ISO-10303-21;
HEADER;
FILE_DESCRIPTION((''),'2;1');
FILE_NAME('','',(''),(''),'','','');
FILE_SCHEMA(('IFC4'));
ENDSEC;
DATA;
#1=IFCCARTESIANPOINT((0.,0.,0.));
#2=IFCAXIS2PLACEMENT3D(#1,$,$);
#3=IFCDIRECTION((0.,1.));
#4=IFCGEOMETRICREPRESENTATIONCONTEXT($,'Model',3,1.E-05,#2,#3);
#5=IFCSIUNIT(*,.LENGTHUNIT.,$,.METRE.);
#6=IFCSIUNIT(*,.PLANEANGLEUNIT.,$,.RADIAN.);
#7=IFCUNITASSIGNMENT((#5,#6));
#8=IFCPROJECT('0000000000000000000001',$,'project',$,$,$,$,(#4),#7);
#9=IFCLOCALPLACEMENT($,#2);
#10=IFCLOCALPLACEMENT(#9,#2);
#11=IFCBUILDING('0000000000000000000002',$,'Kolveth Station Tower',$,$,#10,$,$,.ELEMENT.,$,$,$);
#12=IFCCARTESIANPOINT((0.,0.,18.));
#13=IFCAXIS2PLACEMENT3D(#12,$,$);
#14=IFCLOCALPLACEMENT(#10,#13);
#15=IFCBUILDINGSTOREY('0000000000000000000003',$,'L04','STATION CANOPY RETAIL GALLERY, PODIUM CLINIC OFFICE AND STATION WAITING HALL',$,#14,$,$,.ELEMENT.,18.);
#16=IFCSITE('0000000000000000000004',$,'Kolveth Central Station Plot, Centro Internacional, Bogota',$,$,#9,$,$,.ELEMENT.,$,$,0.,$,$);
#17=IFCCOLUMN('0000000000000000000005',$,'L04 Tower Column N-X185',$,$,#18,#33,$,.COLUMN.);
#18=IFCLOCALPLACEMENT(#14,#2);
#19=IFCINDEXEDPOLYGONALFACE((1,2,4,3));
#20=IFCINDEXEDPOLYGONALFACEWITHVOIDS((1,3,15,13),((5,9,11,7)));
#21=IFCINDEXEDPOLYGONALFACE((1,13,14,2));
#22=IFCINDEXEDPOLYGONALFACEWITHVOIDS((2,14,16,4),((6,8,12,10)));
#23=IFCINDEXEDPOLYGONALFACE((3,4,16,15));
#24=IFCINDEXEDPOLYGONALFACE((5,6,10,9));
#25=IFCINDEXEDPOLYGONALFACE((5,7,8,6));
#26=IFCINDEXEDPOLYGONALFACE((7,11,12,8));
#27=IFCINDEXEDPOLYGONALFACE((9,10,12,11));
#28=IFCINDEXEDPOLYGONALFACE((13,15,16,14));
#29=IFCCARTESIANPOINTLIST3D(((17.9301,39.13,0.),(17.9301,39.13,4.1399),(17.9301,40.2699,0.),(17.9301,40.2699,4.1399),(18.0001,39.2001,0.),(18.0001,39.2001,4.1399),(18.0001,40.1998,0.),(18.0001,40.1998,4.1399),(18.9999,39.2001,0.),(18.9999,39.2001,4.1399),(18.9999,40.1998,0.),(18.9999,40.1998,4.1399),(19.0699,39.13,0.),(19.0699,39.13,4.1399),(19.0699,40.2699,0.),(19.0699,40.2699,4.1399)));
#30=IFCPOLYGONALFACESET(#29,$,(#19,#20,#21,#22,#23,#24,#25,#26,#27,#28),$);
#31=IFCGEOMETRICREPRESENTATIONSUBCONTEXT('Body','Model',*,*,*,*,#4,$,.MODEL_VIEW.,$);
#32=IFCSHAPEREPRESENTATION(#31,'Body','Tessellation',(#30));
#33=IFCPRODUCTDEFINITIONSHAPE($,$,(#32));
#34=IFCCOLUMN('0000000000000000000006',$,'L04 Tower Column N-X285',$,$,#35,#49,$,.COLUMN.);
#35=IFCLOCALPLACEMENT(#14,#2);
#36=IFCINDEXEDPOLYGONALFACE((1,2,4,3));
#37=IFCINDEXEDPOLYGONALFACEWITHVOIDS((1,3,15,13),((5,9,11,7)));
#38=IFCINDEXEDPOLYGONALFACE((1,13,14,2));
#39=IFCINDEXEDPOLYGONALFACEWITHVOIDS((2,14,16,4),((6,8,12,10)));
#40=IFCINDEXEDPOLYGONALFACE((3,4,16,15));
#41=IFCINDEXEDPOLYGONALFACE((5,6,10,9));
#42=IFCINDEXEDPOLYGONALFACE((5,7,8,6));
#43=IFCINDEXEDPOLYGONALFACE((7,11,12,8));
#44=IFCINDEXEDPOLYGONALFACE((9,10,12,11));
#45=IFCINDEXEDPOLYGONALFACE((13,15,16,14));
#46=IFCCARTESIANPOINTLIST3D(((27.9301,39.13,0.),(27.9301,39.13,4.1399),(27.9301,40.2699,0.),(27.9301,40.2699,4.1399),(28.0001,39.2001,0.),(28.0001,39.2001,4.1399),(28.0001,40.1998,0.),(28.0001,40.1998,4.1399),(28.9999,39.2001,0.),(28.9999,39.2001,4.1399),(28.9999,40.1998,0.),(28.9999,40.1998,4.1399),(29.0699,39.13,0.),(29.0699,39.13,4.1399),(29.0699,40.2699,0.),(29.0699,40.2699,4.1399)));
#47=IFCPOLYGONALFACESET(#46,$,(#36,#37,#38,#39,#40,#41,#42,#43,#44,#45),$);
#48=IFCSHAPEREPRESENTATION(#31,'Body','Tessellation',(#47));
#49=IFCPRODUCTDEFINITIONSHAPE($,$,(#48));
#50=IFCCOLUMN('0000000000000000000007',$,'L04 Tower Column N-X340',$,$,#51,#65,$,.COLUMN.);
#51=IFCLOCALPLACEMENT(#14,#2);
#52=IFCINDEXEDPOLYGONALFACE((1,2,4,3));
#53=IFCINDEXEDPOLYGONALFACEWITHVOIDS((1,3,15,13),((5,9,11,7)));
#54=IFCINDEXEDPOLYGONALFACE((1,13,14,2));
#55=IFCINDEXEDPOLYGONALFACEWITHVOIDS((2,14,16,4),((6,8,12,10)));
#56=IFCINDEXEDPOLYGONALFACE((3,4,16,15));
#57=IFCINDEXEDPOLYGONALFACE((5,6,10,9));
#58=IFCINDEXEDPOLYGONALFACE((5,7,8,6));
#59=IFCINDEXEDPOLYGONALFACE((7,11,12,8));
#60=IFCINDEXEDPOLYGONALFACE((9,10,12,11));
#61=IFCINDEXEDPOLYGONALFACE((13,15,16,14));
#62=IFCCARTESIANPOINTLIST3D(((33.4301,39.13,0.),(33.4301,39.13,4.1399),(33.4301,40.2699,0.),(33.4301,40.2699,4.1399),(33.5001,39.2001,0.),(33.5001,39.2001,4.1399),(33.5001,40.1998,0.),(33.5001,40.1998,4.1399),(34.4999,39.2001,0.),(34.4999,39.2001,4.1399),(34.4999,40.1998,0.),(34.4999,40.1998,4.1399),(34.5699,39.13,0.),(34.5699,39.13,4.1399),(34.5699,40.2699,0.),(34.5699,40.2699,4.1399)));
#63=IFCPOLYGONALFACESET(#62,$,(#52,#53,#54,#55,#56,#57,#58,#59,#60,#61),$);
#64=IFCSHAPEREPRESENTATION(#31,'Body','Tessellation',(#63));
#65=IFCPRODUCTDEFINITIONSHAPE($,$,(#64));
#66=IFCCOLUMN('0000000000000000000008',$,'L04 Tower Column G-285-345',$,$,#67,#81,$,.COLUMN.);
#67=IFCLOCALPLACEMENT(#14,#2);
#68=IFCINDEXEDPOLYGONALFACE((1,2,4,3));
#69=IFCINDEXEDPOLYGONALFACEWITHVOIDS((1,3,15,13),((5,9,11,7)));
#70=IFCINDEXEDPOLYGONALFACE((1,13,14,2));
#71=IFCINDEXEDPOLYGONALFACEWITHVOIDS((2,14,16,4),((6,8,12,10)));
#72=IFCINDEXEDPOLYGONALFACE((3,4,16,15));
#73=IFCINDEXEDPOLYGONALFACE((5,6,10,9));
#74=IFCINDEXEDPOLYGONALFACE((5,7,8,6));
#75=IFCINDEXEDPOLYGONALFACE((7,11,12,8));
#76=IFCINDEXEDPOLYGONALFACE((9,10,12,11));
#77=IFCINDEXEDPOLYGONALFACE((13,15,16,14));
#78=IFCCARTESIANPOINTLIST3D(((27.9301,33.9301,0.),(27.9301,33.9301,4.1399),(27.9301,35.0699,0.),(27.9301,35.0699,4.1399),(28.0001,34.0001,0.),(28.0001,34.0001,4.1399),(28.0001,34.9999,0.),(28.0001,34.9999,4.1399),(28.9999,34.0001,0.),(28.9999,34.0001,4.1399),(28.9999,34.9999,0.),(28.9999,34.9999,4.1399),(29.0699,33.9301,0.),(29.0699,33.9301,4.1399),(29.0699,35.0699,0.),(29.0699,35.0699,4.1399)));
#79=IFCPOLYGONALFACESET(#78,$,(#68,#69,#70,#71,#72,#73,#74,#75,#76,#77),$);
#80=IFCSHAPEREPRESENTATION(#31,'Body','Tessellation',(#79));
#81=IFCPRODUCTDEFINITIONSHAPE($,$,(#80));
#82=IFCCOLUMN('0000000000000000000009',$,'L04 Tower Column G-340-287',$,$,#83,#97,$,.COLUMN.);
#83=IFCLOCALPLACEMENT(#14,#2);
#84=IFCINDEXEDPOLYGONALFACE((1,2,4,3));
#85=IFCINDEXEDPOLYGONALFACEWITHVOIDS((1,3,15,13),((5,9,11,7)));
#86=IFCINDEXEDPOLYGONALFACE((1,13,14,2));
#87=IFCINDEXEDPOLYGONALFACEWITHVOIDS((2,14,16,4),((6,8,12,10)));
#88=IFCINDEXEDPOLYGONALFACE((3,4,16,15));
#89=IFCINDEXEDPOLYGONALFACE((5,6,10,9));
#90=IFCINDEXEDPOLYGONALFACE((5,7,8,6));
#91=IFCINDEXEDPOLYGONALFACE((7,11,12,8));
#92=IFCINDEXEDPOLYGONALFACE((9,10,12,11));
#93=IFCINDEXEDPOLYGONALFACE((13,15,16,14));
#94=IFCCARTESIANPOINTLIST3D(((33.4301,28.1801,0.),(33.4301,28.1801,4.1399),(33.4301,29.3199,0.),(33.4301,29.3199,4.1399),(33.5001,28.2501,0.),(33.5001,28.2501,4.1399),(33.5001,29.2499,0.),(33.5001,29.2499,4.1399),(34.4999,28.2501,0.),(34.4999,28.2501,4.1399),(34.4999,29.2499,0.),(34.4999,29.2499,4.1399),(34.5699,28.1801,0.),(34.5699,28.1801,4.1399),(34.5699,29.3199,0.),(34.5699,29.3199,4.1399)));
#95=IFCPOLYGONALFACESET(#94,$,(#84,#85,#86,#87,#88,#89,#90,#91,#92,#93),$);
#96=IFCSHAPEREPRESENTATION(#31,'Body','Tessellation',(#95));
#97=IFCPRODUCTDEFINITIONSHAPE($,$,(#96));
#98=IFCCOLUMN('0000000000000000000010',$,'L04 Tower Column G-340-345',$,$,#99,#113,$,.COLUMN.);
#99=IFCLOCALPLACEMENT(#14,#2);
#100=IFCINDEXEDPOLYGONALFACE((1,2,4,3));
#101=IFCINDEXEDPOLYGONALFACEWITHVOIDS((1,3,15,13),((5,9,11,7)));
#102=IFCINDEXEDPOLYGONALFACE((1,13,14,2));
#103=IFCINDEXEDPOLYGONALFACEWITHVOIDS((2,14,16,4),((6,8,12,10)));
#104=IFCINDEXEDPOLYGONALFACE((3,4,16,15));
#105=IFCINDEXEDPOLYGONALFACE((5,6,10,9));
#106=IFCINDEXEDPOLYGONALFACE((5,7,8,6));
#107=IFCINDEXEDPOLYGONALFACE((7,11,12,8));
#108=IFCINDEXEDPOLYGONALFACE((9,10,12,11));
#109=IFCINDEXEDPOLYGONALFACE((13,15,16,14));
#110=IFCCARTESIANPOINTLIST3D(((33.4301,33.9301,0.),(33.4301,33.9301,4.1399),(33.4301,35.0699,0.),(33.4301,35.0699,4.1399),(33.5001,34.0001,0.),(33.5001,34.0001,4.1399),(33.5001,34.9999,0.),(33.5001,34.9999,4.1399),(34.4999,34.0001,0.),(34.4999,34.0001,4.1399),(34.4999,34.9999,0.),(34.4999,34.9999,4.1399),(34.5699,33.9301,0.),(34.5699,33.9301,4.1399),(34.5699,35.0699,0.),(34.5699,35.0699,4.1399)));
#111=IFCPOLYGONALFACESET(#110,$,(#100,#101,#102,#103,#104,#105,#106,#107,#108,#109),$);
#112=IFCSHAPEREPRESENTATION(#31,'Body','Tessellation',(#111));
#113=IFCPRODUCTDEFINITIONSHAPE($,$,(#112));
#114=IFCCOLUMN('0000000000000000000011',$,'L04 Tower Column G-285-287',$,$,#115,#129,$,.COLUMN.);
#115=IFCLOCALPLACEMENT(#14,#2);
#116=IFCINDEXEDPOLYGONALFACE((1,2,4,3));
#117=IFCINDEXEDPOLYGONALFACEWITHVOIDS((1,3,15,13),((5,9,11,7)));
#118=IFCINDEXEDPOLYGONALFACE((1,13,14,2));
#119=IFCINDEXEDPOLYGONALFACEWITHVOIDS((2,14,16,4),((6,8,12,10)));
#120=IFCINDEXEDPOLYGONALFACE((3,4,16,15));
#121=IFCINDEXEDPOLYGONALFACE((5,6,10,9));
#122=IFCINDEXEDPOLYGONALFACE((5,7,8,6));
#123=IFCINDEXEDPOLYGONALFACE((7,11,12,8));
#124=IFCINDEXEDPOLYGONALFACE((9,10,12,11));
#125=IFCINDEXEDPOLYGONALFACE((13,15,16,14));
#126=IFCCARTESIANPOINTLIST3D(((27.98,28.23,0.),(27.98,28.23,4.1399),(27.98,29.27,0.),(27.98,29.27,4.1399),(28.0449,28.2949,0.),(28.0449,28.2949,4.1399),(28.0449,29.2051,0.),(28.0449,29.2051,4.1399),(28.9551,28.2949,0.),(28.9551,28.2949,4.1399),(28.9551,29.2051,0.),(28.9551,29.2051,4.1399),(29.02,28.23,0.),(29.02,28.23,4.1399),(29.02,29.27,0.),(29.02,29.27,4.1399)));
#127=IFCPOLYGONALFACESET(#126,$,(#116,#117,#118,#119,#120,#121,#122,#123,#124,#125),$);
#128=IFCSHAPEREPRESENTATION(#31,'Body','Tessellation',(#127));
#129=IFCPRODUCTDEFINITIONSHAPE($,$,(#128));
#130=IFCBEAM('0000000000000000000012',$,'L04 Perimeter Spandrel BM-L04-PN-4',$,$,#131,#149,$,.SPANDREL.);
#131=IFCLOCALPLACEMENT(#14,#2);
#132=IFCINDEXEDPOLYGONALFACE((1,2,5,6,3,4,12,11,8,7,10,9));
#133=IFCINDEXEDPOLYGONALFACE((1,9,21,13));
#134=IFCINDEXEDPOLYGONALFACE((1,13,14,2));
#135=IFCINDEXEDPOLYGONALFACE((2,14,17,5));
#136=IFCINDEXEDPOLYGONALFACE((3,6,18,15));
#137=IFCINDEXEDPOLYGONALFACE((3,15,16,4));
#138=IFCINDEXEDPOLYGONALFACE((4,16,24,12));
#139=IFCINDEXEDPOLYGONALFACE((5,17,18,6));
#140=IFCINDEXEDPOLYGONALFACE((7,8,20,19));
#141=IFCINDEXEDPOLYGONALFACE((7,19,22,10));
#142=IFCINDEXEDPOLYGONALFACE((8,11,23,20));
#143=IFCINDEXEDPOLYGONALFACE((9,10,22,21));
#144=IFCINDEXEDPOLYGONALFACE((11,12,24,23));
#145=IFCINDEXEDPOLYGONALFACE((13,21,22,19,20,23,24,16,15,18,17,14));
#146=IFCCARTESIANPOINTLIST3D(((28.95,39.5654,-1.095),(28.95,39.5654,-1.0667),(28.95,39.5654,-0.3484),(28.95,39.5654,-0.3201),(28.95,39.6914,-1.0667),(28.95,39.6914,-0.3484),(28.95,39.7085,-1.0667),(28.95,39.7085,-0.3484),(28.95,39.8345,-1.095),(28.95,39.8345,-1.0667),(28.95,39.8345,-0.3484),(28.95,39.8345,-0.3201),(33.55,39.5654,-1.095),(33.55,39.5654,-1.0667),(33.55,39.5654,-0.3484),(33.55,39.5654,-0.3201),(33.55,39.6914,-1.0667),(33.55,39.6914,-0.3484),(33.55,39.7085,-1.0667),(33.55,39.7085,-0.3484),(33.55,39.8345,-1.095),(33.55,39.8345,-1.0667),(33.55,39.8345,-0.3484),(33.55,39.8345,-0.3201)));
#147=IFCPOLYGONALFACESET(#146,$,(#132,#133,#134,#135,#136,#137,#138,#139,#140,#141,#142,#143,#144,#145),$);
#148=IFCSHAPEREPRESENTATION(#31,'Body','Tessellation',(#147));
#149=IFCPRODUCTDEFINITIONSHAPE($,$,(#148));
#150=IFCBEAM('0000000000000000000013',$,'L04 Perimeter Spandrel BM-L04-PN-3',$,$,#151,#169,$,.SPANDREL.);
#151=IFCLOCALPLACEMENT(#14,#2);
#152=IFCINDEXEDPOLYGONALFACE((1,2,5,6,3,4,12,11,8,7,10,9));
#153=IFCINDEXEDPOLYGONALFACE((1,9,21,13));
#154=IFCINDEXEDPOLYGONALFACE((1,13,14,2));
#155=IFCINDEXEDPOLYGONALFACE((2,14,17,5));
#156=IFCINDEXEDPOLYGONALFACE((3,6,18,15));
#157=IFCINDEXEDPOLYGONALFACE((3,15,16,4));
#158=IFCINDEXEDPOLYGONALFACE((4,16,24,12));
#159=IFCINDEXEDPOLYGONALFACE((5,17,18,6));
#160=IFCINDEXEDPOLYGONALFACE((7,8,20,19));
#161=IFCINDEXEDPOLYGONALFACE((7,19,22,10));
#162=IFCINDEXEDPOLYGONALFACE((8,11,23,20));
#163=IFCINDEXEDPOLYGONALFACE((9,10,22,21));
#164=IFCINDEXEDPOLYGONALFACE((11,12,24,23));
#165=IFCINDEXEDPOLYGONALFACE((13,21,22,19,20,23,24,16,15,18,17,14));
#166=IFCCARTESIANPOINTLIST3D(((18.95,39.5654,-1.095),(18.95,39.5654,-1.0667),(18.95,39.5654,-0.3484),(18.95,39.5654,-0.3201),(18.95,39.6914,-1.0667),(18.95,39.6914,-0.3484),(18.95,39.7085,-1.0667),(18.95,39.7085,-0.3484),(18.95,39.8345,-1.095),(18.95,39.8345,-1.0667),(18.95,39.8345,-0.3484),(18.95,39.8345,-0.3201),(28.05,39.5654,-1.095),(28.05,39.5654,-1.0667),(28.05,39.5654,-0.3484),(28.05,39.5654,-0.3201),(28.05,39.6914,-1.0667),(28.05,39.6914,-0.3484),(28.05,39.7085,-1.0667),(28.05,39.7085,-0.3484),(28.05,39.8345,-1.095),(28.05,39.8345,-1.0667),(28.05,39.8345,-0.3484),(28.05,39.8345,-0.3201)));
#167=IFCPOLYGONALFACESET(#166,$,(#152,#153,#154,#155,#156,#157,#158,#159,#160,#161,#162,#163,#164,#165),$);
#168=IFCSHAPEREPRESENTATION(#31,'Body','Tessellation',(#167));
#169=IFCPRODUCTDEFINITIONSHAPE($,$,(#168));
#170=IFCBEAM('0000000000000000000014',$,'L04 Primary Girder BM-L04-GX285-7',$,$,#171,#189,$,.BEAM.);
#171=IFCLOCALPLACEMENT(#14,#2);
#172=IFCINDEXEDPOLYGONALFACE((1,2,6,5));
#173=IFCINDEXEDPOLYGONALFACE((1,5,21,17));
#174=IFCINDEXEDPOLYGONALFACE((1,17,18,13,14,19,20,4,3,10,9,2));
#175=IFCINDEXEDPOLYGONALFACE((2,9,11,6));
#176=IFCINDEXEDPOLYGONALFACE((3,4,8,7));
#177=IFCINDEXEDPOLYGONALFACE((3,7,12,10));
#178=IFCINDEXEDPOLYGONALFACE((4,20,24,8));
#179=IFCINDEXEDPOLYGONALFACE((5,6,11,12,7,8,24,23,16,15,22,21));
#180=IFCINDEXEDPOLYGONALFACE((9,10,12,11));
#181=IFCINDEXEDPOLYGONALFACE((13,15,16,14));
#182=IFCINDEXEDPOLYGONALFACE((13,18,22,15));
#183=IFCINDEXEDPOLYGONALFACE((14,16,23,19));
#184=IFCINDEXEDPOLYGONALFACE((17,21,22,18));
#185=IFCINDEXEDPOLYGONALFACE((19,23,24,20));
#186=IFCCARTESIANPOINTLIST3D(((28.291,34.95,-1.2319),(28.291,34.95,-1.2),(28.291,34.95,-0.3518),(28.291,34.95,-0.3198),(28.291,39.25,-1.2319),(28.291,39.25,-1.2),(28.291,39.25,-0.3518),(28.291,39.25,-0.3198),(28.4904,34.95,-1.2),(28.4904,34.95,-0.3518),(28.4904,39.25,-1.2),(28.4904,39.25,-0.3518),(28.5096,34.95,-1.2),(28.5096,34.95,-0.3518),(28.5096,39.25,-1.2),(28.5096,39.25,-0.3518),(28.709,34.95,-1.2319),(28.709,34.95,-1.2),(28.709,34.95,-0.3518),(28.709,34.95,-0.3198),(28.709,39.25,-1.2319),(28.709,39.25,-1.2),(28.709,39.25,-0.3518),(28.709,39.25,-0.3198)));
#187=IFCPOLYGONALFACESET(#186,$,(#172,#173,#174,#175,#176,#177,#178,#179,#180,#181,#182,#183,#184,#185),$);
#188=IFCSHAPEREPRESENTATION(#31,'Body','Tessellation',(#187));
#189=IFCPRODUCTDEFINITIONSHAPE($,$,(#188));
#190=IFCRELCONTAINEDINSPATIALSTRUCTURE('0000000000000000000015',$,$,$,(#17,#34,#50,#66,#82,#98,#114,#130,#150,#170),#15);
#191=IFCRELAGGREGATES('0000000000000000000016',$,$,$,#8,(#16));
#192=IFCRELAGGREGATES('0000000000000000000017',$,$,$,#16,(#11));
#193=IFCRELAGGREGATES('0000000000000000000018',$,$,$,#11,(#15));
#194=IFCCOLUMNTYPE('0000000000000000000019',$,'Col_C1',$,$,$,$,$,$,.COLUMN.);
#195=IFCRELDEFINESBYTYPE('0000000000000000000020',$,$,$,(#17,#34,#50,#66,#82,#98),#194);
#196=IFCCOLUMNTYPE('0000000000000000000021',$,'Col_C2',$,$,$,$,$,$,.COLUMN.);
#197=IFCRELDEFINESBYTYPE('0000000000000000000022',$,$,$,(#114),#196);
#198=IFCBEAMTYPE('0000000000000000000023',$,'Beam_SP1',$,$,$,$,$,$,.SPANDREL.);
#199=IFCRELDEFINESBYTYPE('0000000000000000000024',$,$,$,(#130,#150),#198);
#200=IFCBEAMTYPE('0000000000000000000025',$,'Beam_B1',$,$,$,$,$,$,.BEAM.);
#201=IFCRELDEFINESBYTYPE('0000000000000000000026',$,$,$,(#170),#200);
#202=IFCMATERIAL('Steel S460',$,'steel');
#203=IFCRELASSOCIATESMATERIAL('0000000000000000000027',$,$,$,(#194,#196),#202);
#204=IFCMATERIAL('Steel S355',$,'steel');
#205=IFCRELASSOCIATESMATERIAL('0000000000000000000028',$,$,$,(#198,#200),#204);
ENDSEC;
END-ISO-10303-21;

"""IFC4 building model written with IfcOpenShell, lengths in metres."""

from ifc_helpers import new_model, si_unit, direction, frame, origin, origin_2d, place, context, subcontext, project, spatial, hollow_rectangle, i_section, extrude, source, transform, mapped, material, material_profile, profile_set, type_object, element, save


model = new_model("IFC4")

# Units and contexts
model_context = context("Model", 3, precision=1e-05, world=origin(), true_north=direction((0.0, 1.0)))
body_context = subcontext(model_context, "Body", "Model", "MODEL_VIEW")
ifc_project = project(units=[si_unit("LENGTHUNIT", "METRE"), si_unit("PLANEANGLEUNIT", "RADIAN")], contexts=[model_context])

# Site, building, storey
site_placement = place(None, origin())
site = spatial("IfcSite", under=ifc_project, at=site_placement, Name="Kolveth Central Station Plot, Centro Internacional, Bogota", CompositionType="ELEMENT", RefElevation=0.0)
building_placement = place(site_placement, origin())
building = spatial("IfcBuilding", under=site, at=building_placement, Name="Kolveth Station Tower", CompositionType="ELEMENT")
storey_placement = place(building_placement, frame((0.0, 0.0, 18.0)))
storey = spatial("IfcBuildingStorey", under=building, at=storey_placement, Name="L04", Description="STATION CANOPY RETAIL GALLERY, PODIUM CLINIC OFFICE AND STATION WAITING HALL", CompositionType="ELEMENT", Elevation=18.0)

# Columns
ifc_material_1 = material(Name="Steel S460", Category="steel")
ifc_material_profile_1 = material_profile(ifc_material_1, hollow_rectangle(XDim=1.1399, YDim=1.1399, WallThickness=0.0701, at=origin_2d()), Name="BOX1140x1140x70")
ifc_profile_set_1 = profile_set([ifc_material_profile_1], Name="Steel S460")
column_type_1 = type_object("IfcColumnType", Name="Col_C1", PredefinedType="COLUMN", material=ifc_profile_set_1)
shared_shape_1 = source(origin(), body_context, "Body", "SweptSolid", [
    extrude(hollow_rectangle(XDim=1.1399, YDim=1.1399, WallThickness=0.0701, at=origin_2d()), origin(), (0.0, 0.0, 1.0), 4.1399),
])
for number, where, z_axis, x_axis, name in (
    (1, (18.5, 39.7, 0.0), (0.0, 0.0, 1.0), (1.0, 0.0, 0.0), "L04 Tower Column N-X185"),
    (2, (28.5, 39.7, 0.0), (0.0, 0.0, 1.0), (1.0, 0.0, 0.0), "L04 Tower Column N-X285"),
    (3, (34.0, 39.7, 0.0), (0.0, 0.0, 1.0), (1.0, 0.0, 0.0), "L04 Tower Column N-X340"),
    (4, (28.5, 34.5, 0.0), (0.0, 0.0, 1.0), (1.0, 0.0, 0.0), "L04 Tower Column G-285-345"),
    (5, (34.0, 28.75, 0.0), (0.0, 0.0, 1.0), (1.0, 0.0, 0.0), "L04 Tower Column G-340-287"),
    (6, (34.0, 34.5, 0.0), (0.0, 0.0, 1.0), (1.0, 0.0, 0.0), "L04 Tower Column G-340-345"),
):
    element("IfcColumn", number, at=place(storey_placement, frame(where, z_axis=z_axis, x_axis=x_axis)), inside=storey, type_object=column_type_1, Name=name, PredefinedType="COLUMN", context=body_context, shape_type="MappedRepresentation", body=[
        mapped(shared_shape_1, transform((0.0, 0.0, 0.0), x_axis=(1.0, 0.0, 0.0), y_axis=(0.0, 1.0, 0.0), z_axis=(0.0, 0.0, 1.0), scale=1.0)),
    ])
ifc_material_profile_2 = material_profile(ifc_material_1, hollow_rectangle(XDim=1.04, YDim=1.04, WallThickness=0.0649, at=origin_2d()), Name="BOX1040x1040x65")
ifc_profile_set_2 = profile_set([ifc_material_profile_2], Name="Steel S460")
column_type_2 = type_object("IfcColumnType", Name="Col_C2", PredefinedType="COLUMN", material=ifc_profile_set_2)
shared_shape_2 = source(origin(), body_context, "Body", "SweptSolid", [
    extrude(hollow_rectangle(XDim=1.04, YDim=1.04, WallThickness=0.0649, at=origin_2d()), origin(), (0.0, 0.0, 1.0), 4.1399),
])
column_placement = place(storey_placement, frame((28.5, 28.75, 0.0), z_axis=(0.0, 0.0, 1.0), x_axis=(1.0, 0.0, 0.0)))
element("IfcColumn", 7, at=column_placement, inside=storey, type_object=column_type_2, Name="L04 Tower Column G-285-287", PredefinedType="COLUMN", context=body_context, shape_type="MappedRepresentation", body=[
    mapped(shared_shape_2, transform((0.0, 0.0, 0.0), x_axis=(1.0, 0.0, 0.0), y_axis=(0.0, 1.0, 0.0), z_axis=(0.0, 0.0, 1.0), scale=1.0)),
])

# Beams
ifc_material_2 = material(Name="Steel S355", Category="steel")
ifc_material_profile_3 = material_profile(ifc_material_2, i_section(OverallWidth=0.269, OverallDepth=0.7749, WebThickness=0.0171, FlangeThickness=0.0283, at=origin_2d()), Name="W760x220")
ifc_profile_set_3 = profile_set([ifc_material_profile_3], Name="Steel S355")
beam_type_1 = type_object("IfcBeamType", Name="Beam_SP1", PredefinedType="SPANDREL", material=ifc_profile_set_3)
shared_shape_3 = source(origin(), body_context, "Body", "SweptSolid", [
    extrude(i_section(OverallWidth=0.269, OverallDepth=0.7749, WebThickness=0.0171, FlangeThickness=0.0283, at=origin_2d()), origin(), (0.0, 0.0, 1.0), 4.6001),
])
beam_1_placement = place(storey_placement, frame((28.95, 39.7, -0.7075), z_axis=(1.0, 0.0, 0.0), x_axis=(0.0, 1.0, 0.0)))
element("IfcBeam", 8, at=beam_1_placement, inside=storey, type_object=beam_type_1, Name="L04 Perimeter Spandrel BM-L04-PN-4", PredefinedType="SPANDREL", context=body_context, shape_type="MappedRepresentation", body=[
    mapped(shared_shape_3, transform((0.0, 0.0, 0.0), x_axis=(1.0, 0.0, 0.0), y_axis=(0.0, 1.0, 0.0), z_axis=(0.0, 0.0, 1.0), scale=1.0)),
])
shared_shape_4 = source(origin(), body_context, "Body", "SweptSolid", [
    extrude(i_section(OverallWidth=0.269, OverallDepth=0.7749, WebThickness=0.0171, FlangeThickness=0.0283, at=origin_2d()), origin(), (0.0, 0.0, 1.0), 9.1001),
])
beam_2_placement = place(storey_placement, frame((18.95, 39.7, -0.7075), z_axis=(1.0, 0.0, 0.0), x_axis=(0.0, 1.0, 0.0)))
element("IfcBeam", 9, at=beam_2_placement, inside=storey, type_object=beam_type_1, Name="L04 Perimeter Spandrel BM-L04-PN-3", PredefinedType="SPANDREL", context=body_context, shape_type="MappedRepresentation", body=[
    mapped(shared_shape_4, transform((0.0, 0.0, 0.0), x_axis=(1.0, 0.0, 0.0), y_axis=(0.0, 1.0, 0.0), z_axis=(0.0, 0.0, 1.0), scale=1.0)),
])
ifc_material_profile_4 = material_profile(ifc_material_2, i_section(OverallWidth=0.418, OverallDepth=0.9121, WebThickness=0.0193, FlangeThickness=0.032, at=origin_2d()), Name="W920x342")
ifc_profile_set_4 = profile_set([ifc_material_profile_4], Name="Steel S355")
beam_type_2 = type_object("IfcBeamType", Name="Beam_B1", PredefinedType="BEAM", material=ifc_profile_set_4)
shared_shape_5 = source(origin(), body_context, "Body", "SweptSolid", [
    extrude(i_section(OverallWidth=0.418, OverallDepth=0.9121, WebThickness=0.0193, FlangeThickness=0.032, at=origin_2d()), origin(), (0.0, 0.0, 1.0), 4.3),
])
for number, where, z_axis, x_axis, name in (
    (10, (28.5, 34.95, -0.7759), (0.0, 1.0, 0.0), (-1.0, 0.0, 0.0), "L04 Primary Girder BM-L04-GX285-7"),
):
    element("IfcBeam", number, at=place(storey_placement, frame(where, z_axis=z_axis, x_axis=x_axis)), inside=storey, type_object=beam_type_2, Name=name, PredefinedType="BEAM", context=body_context, shape_type="MappedRepresentation", body=[
        mapped(shared_shape_5, transform((0.0, 0.0, 0.0), x_axis=(1.0, 0.0, 0.0), y_axis=(0.0, 1.0, 0.0), z_axis=(0.0, 0.0, 1.0), scale=1.0)),
    ])

save(model, "model.ifc")
